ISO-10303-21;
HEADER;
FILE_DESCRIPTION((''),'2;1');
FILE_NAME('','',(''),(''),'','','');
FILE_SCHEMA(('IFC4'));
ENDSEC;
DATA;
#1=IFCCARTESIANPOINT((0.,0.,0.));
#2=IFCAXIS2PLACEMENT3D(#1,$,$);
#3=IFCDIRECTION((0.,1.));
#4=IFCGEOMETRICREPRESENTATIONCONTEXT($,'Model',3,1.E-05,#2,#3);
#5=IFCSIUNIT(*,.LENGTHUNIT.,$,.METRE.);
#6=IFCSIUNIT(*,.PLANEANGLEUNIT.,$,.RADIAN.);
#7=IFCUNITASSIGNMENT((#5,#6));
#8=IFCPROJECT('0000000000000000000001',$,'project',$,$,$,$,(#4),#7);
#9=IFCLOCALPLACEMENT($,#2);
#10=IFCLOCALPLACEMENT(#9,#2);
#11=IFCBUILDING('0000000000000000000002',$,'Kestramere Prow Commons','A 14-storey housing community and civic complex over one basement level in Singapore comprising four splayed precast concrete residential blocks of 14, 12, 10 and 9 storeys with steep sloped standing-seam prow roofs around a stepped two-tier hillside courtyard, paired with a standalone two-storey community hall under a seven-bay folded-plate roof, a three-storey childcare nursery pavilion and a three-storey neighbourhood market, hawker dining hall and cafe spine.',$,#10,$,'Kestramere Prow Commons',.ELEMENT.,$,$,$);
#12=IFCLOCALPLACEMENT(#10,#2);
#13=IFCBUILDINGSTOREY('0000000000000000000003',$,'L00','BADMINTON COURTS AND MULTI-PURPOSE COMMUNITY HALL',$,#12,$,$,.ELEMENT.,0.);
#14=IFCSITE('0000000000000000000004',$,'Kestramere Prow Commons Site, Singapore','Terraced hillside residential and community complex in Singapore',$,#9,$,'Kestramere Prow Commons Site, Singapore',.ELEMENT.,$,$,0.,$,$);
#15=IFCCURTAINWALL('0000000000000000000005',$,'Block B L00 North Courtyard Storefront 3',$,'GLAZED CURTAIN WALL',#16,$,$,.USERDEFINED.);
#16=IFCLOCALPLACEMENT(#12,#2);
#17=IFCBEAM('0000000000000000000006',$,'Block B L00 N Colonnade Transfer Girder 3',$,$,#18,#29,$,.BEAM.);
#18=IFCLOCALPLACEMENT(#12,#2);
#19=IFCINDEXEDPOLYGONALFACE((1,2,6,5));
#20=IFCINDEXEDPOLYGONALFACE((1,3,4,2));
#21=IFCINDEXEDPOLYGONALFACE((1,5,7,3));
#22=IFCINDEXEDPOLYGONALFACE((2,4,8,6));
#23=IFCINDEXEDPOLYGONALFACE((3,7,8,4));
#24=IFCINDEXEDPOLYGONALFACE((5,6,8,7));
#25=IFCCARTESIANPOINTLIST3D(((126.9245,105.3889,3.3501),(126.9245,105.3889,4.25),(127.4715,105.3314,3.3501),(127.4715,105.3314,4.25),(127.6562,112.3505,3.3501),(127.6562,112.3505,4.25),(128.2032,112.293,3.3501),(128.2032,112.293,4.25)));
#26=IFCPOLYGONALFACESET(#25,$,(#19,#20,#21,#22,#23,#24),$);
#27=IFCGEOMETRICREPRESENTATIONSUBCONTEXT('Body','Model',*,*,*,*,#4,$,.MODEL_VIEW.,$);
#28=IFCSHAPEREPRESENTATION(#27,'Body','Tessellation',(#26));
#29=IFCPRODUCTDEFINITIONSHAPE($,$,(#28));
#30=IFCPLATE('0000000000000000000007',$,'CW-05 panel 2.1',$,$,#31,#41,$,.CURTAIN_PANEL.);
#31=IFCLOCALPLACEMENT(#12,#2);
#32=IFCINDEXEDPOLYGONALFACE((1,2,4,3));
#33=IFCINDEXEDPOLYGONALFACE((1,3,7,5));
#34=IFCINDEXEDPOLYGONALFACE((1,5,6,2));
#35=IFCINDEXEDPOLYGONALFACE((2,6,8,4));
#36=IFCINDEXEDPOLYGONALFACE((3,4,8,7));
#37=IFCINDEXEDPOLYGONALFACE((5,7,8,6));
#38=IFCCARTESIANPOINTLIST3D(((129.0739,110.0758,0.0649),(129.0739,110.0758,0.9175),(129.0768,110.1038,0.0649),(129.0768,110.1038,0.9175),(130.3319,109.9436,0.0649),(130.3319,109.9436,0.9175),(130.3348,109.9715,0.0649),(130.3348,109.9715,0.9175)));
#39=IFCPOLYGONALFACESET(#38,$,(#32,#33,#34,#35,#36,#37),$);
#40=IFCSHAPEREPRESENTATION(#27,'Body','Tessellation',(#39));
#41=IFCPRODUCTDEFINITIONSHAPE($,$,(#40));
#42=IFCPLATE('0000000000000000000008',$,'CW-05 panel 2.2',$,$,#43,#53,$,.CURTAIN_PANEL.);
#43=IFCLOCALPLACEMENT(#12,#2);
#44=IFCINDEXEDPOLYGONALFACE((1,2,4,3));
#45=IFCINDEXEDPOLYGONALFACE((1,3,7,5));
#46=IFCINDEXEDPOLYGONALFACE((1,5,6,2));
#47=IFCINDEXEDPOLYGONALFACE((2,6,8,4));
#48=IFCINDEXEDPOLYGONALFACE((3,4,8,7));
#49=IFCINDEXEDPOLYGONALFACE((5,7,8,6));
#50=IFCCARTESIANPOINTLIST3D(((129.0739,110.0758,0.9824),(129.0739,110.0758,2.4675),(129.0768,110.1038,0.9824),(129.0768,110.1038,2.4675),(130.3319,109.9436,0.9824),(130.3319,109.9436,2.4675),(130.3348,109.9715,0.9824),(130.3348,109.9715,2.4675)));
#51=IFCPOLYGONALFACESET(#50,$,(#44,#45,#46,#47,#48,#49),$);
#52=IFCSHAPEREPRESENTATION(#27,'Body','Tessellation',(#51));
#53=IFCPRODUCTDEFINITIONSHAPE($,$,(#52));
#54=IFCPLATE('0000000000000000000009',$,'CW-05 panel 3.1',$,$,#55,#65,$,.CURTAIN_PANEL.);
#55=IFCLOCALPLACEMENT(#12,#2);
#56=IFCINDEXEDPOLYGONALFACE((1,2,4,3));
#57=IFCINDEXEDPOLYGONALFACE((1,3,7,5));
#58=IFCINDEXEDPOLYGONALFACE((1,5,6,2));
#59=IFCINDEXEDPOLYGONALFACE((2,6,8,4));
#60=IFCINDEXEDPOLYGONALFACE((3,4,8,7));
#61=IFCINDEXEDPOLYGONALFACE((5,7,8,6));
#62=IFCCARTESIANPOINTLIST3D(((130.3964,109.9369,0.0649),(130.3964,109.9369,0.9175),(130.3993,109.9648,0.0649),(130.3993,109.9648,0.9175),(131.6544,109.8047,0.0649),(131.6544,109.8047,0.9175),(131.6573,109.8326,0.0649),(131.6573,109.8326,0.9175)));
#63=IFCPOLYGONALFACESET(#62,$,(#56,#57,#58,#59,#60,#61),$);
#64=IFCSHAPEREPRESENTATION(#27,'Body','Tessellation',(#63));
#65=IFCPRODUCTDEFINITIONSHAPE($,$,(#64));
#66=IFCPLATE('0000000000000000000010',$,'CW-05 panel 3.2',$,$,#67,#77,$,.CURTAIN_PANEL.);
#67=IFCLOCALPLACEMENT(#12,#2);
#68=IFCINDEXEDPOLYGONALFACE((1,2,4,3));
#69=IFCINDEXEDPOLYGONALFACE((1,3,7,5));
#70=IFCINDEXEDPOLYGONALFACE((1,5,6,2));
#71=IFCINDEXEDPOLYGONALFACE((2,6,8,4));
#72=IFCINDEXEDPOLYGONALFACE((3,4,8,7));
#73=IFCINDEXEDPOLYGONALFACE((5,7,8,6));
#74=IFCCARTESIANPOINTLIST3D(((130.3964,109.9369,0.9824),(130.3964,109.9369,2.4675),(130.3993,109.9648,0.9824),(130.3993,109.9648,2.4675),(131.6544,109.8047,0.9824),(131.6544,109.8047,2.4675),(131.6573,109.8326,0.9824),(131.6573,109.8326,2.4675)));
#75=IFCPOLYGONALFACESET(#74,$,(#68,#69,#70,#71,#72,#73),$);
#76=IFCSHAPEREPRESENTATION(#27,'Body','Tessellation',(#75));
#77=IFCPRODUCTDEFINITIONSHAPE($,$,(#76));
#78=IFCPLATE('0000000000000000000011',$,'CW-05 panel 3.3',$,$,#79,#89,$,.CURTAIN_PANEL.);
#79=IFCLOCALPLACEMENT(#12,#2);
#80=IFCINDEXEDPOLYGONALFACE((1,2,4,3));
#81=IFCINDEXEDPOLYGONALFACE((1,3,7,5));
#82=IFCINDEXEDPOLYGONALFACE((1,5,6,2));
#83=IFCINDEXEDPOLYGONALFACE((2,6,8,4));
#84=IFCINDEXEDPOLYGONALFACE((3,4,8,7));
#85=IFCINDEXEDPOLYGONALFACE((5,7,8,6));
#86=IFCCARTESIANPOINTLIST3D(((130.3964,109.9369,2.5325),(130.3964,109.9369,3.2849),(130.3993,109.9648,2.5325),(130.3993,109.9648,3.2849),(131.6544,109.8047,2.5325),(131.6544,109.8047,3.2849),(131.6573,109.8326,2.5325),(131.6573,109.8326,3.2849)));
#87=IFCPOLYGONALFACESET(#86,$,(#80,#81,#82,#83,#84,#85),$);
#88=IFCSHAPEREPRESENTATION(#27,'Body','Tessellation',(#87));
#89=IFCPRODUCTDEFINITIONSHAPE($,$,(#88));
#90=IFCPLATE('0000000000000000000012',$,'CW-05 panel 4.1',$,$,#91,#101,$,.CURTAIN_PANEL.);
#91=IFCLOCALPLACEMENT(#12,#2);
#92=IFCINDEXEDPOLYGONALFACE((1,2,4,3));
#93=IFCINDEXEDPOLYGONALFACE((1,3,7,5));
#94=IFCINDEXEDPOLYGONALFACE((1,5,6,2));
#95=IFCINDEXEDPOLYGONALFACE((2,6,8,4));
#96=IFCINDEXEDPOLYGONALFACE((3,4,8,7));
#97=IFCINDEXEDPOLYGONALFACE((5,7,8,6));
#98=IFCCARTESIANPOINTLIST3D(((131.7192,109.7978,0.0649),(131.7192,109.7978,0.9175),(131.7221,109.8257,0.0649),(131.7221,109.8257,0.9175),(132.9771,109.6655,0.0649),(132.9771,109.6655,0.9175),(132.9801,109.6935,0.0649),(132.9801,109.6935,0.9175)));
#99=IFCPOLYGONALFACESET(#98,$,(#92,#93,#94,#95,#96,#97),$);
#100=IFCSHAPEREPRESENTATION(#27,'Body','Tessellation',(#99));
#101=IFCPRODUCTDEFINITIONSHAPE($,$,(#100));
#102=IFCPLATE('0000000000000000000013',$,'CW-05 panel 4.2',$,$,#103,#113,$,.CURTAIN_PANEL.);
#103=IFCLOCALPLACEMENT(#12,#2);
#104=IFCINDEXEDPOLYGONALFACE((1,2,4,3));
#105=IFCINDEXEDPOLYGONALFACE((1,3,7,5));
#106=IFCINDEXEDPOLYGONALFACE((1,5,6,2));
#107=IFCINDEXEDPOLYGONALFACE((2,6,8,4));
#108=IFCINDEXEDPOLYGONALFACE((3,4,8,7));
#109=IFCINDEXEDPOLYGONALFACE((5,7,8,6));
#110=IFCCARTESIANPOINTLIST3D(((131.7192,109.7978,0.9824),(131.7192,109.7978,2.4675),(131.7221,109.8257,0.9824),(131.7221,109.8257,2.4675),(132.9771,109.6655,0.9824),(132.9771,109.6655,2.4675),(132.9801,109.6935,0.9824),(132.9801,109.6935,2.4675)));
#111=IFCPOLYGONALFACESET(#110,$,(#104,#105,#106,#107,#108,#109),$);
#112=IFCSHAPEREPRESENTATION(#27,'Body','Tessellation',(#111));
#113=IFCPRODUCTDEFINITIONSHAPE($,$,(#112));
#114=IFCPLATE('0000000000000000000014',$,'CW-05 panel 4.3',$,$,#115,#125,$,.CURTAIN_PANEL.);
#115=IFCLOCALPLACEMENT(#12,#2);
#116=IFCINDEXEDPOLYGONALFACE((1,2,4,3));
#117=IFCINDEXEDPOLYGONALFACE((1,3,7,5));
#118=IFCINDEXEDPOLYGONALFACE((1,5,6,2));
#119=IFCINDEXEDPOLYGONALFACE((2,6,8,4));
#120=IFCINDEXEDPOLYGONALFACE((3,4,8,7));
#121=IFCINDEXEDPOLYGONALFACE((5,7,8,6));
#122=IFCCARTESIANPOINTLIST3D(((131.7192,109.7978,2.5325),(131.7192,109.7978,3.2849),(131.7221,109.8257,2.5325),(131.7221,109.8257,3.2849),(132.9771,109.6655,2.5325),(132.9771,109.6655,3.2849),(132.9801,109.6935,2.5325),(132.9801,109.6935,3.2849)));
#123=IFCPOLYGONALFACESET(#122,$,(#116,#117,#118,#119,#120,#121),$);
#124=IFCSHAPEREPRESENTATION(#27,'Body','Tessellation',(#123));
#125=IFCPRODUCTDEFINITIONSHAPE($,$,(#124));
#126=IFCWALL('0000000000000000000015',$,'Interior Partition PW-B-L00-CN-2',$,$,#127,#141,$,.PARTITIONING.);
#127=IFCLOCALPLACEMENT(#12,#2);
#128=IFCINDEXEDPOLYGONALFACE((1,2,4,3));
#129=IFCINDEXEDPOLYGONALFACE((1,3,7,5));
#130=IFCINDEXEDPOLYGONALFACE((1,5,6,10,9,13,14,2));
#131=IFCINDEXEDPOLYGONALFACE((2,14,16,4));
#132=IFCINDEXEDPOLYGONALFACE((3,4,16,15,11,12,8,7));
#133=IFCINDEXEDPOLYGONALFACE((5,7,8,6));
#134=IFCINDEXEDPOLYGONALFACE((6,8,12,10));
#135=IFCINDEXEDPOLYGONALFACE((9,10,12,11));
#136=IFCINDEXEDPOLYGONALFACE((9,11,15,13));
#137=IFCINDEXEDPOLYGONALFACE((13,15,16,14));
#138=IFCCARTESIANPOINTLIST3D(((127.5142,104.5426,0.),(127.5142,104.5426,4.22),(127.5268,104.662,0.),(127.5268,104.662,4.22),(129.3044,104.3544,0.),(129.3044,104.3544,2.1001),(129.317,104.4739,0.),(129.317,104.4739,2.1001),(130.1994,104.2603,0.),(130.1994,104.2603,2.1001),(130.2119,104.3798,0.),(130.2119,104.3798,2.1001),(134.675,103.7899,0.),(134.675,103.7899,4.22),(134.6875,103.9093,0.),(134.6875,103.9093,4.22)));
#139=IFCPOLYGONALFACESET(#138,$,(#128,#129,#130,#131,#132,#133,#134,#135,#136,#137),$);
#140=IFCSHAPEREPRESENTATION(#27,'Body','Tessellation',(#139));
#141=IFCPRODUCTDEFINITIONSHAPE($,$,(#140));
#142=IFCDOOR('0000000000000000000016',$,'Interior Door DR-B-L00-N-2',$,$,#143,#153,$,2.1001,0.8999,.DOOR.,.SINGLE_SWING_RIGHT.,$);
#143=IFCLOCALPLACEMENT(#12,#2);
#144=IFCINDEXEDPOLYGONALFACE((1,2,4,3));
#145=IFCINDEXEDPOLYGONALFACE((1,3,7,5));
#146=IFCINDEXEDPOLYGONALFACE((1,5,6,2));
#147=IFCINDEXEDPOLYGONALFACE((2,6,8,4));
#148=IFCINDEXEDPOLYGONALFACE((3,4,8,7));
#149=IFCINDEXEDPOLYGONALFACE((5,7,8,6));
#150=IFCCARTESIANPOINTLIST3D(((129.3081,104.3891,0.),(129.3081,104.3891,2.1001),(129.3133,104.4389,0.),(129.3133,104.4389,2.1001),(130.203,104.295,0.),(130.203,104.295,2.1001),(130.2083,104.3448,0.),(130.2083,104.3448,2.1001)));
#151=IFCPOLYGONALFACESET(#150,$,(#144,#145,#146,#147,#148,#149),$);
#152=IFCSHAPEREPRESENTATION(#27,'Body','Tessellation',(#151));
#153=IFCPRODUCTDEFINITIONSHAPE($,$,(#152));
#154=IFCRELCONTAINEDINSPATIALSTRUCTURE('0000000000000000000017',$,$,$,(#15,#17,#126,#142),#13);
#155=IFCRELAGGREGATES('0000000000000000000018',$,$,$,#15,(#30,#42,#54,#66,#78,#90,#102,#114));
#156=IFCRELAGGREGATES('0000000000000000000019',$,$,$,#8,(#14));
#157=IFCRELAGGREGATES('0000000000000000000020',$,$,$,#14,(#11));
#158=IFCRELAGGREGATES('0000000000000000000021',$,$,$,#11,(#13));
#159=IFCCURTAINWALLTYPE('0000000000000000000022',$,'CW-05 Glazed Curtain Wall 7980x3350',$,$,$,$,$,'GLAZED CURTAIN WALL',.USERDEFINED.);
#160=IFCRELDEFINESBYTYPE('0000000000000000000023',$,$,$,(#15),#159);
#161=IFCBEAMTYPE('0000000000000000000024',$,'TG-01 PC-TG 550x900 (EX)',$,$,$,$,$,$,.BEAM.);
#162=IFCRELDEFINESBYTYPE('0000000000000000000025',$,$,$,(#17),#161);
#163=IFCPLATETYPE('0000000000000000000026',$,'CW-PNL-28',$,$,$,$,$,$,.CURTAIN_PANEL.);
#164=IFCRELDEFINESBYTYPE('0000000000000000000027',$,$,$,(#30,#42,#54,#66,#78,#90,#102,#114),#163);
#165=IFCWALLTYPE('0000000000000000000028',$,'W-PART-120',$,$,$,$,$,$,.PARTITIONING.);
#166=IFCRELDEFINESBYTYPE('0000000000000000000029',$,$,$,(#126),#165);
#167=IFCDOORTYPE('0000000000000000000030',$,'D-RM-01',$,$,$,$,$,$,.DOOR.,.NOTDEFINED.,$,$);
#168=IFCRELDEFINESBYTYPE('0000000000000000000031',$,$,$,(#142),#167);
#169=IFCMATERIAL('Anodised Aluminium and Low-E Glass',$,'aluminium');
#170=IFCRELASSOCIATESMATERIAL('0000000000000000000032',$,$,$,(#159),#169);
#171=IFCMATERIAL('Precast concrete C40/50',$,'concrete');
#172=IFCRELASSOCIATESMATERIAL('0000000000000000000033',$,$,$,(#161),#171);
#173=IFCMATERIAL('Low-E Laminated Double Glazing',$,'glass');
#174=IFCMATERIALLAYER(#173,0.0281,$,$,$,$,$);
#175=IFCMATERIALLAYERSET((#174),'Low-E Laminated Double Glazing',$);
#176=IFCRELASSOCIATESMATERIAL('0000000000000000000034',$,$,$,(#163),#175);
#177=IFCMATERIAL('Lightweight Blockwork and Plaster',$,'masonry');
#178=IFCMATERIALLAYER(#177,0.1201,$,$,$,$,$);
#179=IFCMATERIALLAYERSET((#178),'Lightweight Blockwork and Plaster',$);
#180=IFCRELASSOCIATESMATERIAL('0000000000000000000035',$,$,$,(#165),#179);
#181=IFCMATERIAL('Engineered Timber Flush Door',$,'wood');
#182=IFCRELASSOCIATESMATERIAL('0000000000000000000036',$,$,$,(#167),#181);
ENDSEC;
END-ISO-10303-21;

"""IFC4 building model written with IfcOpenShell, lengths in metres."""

from ifc_helpers import new_model, si_unit, direction, frame, frame_2d, origin, origin_2d, place, context, subcontext, project, spatial, rectangle, extrude, material, layer, layer_set, material_profile, profile_set, type_object, element, fill, aggregate, save


model = new_model("IFC4")

# Units and contexts
model_context = context("Model", 3, precision=1e-05, world=origin(), true_north=direction((0.0, 1.0)))
body_context = subcontext(model_context, "Body", "Model", "MODEL_VIEW")
ifc_project = project(units=[si_unit("LENGTHUNIT", "METRE"), si_unit("PLANEANGLEUNIT", "RADIAN")], contexts=[model_context])

# Site, building, storey
site_placement = place(None, origin())
site = spatial("IfcSite", under=ifc_project, at=site_placement, Name="Kestramere Prow Commons Site, Singapore", Description="Terraced hillside residential and community complex in Singapore", LongName="Kestramere Prow Commons Site, Singapore", CompositionType="ELEMENT", RefElevation=0.0)
building_placement = place(site_placement, origin())
building = spatial("IfcBuilding", under=site, at=building_placement, Name="Kestramere Prow Commons", Description="A 14-storey housing community and civic complex over one basement level in Singapore comprising four splayed precast concrete residential blocks of 14, 12, 10 and 9 storeys with steep sloped standing-seam prow roofs around a stepped two-tier hillside courtyard, paired with a standalone two-storey community hall under a seven-bay folded-plate roof, a three-storey childcare nursery pavilion and a three-storey neighbourhood market, hawker dining hall and cafe spine.", LongName="Kestramere Prow Commons", CompositionType="ELEMENT")
storey_placement = place(building_placement, origin())
storey = spatial("IfcBuildingStorey", under=building, at=storey_placement, Name="L00", Description="BADMINTON COURTS AND MULTI-PURPOSE COMMUNITY HALL", CompositionType="ELEMENT", Elevation=0.0)

# Shared definitions
ifc_material_1 = material(Name="Precast concrete C40/50", Category="concrete")

# Curtain wall
ifc_material_2 = material(Name="Anodised Aluminium and Low-E Glass", Category="aluminium")
curtain_wall_type = type_object("IfcCurtainWallType", Name="CW-05 Glazed Curtain Wall 7980x3350", ElementType="GLAZED CURTAIN WALL", PredefinedType="USERDEFINED", material=ifc_material_2)
curtain_wall_placement = place(storey_placement, origin())
curtain_wall = element("IfcCurtainWall", 1, at=curtain_wall_placement, inside=storey, type_object=curtain_wall_type, Name="Block B L00 North Courtyard Storefront 3", ObjectType="GLAZED CURTAIN WALL", PredefinedType="USERDEFINED")

# Beam
ifc_material_profile_1 = material_profile(ifc_material_1, rectangle(XDim=0.55, YDim=0.8999, at=origin_2d()), Name="PC-TG 550x900")
ifc_profile_set_1 = profile_set([ifc_material_profile_1], Name="Precast concrete C40/50")
beam_type_1 = type_object("IfcBeamType", Name="TG-01 PC-TG 550x900 (EX)", PredefinedType="BEAM", material=ifc_profile_set_1)
beam_1_placement = place(storey_placement, frame((127.198, 105.3601, 3.8), z_axis=(0.104527, 0.994522, 0.0), x_axis=(-0.994522, 0.104527, 0.0)))
element("IfcBeam", 2, at=beam_1_placement, inside=storey, type_object=beam_type_1, Name="Block B L00 N Colonnade Transfer Girder 3", PredefinedType="BEAM", context=body_context, shape_type="SweptSolid", body=[
    extrude(rectangle(XDim=0.55, YDim=0.8999, at=origin_2d()), origin(), (0.0, 0.0, 1.0), 7.0),
])

# Plates
ifc_material_3 = material(Name="Low-E Laminated Double Glazing", Category="glass")
ifc_layer_1 = layer(ifc_material_3, 0.0281)
ifc_layer_set_1 = layer_set([ifc_layer_1], Name="Low-E Laminated Double Glazing")
plate_type = type_object("IfcPlateType", Name="CW-PNL-28", PredefinedType="CURTAIN_PANEL", material=ifc_layer_set_1)
plate_1_placement = place(storey_placement, frame((129.7043, 110.0237, 0.0649), z_axis=(0.0, 0.0, 1.0), x_axis=(0.994522, -0.104528, 0.0)))
plate_1 = element("IfcPlate", 3, at=plate_1_placement, type_object=plate_type, Name="CW-05 panel 2.1", PredefinedType="CURTAIN_PANEL", context=body_context, shape_type="SweptSolid", body=[
    extrude(rectangle(XDim=1.2649, YDim=0.0281, at=origin_2d()), origin(), (0.0, 0.0, 1.0), 0.8525),
])
plate_2_placement = place(storey_placement, frame((129.7043, 110.0237, 0.9824), z_axis=(0.0, 0.0, 1.0), x_axis=(0.994522, -0.104528, 0.0)))
plate_2 = element("IfcPlate", 4, at=plate_2_placement, type_object=plate_type, Name="CW-05 panel 2.2", PredefinedType="CURTAIN_PANEL", context=body_context, shape_type="SweptSolid", body=[
    extrude(rectangle(XDim=1.2649, YDim=0.0281, at=origin_2d()), origin(), (0.0, 0.0, 1.0), 1.4851),
])
plate_3_placement = place(storey_placement, frame((131.0269, 109.8848, 0.0649), z_axis=(0.0, 0.0, 1.0), x_axis=(0.994522, -0.104528, 0.0)))
plate_3 = element("IfcPlate", 5, at=plate_3_placement, type_object=plate_type, Name="CW-05 panel 3.1", PredefinedType="CURTAIN_PANEL", context=body_context, shape_type="SweptSolid", body=[
    extrude(rectangle(XDim=1.2649, YDim=0.0281, at=origin_2d()), origin(), (0.0, 0.0, 1.0), 0.8525),
])
plate_4_placement = place(storey_placement, frame((131.0269, 109.8848, 0.9824), z_axis=(0.0, 0.0, 1.0), x_axis=(0.994522, -0.104528, 0.0)))
plate_4 = element("IfcPlate", 6, at=plate_4_placement, type_object=plate_type, Name="CW-05 panel 3.2", PredefinedType="CURTAIN_PANEL", context=body_context, shape_type="SweptSolid", body=[
    extrude(rectangle(XDim=1.2649, YDim=0.0281, at=origin_2d()), origin(), (0.0, 0.0, 1.0), 1.4851),
])
plate_5_placement = place(storey_placement, frame((131.0269, 109.8848, 2.5325), z_axis=(0.0, 0.0, 1.0), x_axis=(0.994522, -0.104528, 0.0)))
plate_5 = element("IfcPlate", 7, at=plate_5_placement, type_object=plate_type, Name="CW-05 panel 3.3", PredefinedType="CURTAIN_PANEL", context=body_context, shape_type="SweptSolid", body=[
    extrude(rectangle(XDim=1.2649, YDim=0.0281, at=origin_2d()), origin(), (0.0, 0.0, 1.0), 0.7524),
])
plate_6_placement = place(storey_placement, frame((132.3496, 109.7456, 0.0649), z_axis=(0.0, 0.0, 1.0), x_axis=(0.994522, -0.104528, 0.0)))
plate_6 = element("IfcPlate", 8, at=plate_6_placement, type_object=plate_type, Name="CW-05 panel 4.1", PredefinedType="CURTAIN_PANEL", context=body_context, shape_type="SweptSolid", body=[
    extrude(rectangle(XDim=1.2649, YDim=0.0281, at=origin_2d()), origin(), (0.0, 0.0, 1.0), 0.8525),
])
plate_7_placement = place(storey_placement, frame((132.3496, 109.7456, 0.9824), z_axis=(0.0, 0.0, 1.0), x_axis=(0.994522, -0.104528, 0.0)))
plate_7 = element("IfcPlate", 9, at=plate_7_placement, type_object=plate_type, Name="CW-05 panel 4.2", PredefinedType="CURTAIN_PANEL", context=body_context, shape_type="SweptSolid", body=[
    extrude(rectangle(XDim=1.2649, YDim=0.0281, at=origin_2d()), origin(), (0.0, 0.0, 1.0), 1.4851),
])
plate_8_placement = place(storey_placement, frame((132.3496, 109.7456, 2.5325), z_axis=(0.0, 0.0, 1.0), x_axis=(0.994522, -0.104528, 0.0)))
plate_8 = element("IfcPlate", 10, at=plate_8_placement, type_object=plate_type, Name="CW-05 panel 4.3", PredefinedType="CURTAIN_PANEL", context=body_context, shape_type="SweptSolid", body=[
    extrude(rectangle(XDim=1.2649, YDim=0.0281, at=origin_2d()), origin(), (0.0, 0.0, 1.0), 0.7524),
])
aggregate(curtain_wall, [plate_1, plate_2, plate_3, plate_4, plate_5, plate_6, plate_7, plate_8])

# Wall, opening, door
ifc_material_4 = material(Name="Lightweight Blockwork and Plaster", Category="masonry")
ifc_layer_2 = layer(ifc_material_4, 0.1201)
ifc_layer_set_2 = layer_set([ifc_layer_2], Name="Lightweight Blockwork and Plaster")
wall_type = type_object("IfcWallType", Name="W-PART-120", PredefinedType="PARTITIONING", material=ifc_layer_set_2)
wall_placement = place(storey_placement, frame((127.5205, 104.6023, 0.0), z_axis=(0.0, 0.0, 1.0), x_axis=(0.994521, -0.104538, 0.0)))
wall = element("IfcWall", 11, at=wall_placement, inside=storey, type_object=wall_type, Name="Interior Partition PW-B-L00-CN-2", PredefinedType="PARTITIONING", context=body_context, shape_type="SweptSolid", body=[
    extrude(rectangle(XDim=7.2002, YDim=0.1201, at=frame_2d((3.6001, 0.0))), origin(), (0.0, 0.0, 1.0), 4.22),
])
opening_placement = place(wall_placement, frame((1.8, 0.0, 0.0)))
opening = element("IfcOpeningElement", 12, at=opening_placement, cuts=wall, PredefinedType="OPENING", context=body_context, shape_type="SweptSolid", body=[
    extrude(rectangle(XDim=0.8999, YDim=2.1001, at=frame_2d((0.45, 1.05))), frame((0.0, 0.075, 0.0), z_axis=(0.0, -1.0, 0.0), x_axis=(1.0, 0.0, 0.0)), (0.0, 0.0, 1.0), 0.1501),
])
ifc_material_5 = material(Name="Engineered Timber Flush Door", Category="wood")
door_type = type_object("IfcDoorType", Name="D-RM-01", OperationType="NOTDEFINED", PredefinedType="DOOR", material=ifc_material_5)
door_placement = place(opening_placement, origin())
door = element("IfcDoor", 13, at=door_placement, inside=storey, type_object=door_type, Name="Interior Door DR-B-L00-N-2", OperationType="SINGLE_SWING_RIGHT", OverallHeight=2.1001, OverallWidth=0.8999, PredefinedType="DOOR", context=body_context, shape_type="SweptSolid", body=[
    extrude(rectangle(XDim=0.8999, YDim=2.1001, at=frame_2d((0.45, 1.05))), frame((0.0, 0.0249, 0.0), z_axis=(0.0, -1.0, 0.0), x_axis=(1.0, 0.0, 0.0)), (0.0, 0.0, 1.0), 0.05),
])
fill(opening, door)

save(model, "model.ifc")
